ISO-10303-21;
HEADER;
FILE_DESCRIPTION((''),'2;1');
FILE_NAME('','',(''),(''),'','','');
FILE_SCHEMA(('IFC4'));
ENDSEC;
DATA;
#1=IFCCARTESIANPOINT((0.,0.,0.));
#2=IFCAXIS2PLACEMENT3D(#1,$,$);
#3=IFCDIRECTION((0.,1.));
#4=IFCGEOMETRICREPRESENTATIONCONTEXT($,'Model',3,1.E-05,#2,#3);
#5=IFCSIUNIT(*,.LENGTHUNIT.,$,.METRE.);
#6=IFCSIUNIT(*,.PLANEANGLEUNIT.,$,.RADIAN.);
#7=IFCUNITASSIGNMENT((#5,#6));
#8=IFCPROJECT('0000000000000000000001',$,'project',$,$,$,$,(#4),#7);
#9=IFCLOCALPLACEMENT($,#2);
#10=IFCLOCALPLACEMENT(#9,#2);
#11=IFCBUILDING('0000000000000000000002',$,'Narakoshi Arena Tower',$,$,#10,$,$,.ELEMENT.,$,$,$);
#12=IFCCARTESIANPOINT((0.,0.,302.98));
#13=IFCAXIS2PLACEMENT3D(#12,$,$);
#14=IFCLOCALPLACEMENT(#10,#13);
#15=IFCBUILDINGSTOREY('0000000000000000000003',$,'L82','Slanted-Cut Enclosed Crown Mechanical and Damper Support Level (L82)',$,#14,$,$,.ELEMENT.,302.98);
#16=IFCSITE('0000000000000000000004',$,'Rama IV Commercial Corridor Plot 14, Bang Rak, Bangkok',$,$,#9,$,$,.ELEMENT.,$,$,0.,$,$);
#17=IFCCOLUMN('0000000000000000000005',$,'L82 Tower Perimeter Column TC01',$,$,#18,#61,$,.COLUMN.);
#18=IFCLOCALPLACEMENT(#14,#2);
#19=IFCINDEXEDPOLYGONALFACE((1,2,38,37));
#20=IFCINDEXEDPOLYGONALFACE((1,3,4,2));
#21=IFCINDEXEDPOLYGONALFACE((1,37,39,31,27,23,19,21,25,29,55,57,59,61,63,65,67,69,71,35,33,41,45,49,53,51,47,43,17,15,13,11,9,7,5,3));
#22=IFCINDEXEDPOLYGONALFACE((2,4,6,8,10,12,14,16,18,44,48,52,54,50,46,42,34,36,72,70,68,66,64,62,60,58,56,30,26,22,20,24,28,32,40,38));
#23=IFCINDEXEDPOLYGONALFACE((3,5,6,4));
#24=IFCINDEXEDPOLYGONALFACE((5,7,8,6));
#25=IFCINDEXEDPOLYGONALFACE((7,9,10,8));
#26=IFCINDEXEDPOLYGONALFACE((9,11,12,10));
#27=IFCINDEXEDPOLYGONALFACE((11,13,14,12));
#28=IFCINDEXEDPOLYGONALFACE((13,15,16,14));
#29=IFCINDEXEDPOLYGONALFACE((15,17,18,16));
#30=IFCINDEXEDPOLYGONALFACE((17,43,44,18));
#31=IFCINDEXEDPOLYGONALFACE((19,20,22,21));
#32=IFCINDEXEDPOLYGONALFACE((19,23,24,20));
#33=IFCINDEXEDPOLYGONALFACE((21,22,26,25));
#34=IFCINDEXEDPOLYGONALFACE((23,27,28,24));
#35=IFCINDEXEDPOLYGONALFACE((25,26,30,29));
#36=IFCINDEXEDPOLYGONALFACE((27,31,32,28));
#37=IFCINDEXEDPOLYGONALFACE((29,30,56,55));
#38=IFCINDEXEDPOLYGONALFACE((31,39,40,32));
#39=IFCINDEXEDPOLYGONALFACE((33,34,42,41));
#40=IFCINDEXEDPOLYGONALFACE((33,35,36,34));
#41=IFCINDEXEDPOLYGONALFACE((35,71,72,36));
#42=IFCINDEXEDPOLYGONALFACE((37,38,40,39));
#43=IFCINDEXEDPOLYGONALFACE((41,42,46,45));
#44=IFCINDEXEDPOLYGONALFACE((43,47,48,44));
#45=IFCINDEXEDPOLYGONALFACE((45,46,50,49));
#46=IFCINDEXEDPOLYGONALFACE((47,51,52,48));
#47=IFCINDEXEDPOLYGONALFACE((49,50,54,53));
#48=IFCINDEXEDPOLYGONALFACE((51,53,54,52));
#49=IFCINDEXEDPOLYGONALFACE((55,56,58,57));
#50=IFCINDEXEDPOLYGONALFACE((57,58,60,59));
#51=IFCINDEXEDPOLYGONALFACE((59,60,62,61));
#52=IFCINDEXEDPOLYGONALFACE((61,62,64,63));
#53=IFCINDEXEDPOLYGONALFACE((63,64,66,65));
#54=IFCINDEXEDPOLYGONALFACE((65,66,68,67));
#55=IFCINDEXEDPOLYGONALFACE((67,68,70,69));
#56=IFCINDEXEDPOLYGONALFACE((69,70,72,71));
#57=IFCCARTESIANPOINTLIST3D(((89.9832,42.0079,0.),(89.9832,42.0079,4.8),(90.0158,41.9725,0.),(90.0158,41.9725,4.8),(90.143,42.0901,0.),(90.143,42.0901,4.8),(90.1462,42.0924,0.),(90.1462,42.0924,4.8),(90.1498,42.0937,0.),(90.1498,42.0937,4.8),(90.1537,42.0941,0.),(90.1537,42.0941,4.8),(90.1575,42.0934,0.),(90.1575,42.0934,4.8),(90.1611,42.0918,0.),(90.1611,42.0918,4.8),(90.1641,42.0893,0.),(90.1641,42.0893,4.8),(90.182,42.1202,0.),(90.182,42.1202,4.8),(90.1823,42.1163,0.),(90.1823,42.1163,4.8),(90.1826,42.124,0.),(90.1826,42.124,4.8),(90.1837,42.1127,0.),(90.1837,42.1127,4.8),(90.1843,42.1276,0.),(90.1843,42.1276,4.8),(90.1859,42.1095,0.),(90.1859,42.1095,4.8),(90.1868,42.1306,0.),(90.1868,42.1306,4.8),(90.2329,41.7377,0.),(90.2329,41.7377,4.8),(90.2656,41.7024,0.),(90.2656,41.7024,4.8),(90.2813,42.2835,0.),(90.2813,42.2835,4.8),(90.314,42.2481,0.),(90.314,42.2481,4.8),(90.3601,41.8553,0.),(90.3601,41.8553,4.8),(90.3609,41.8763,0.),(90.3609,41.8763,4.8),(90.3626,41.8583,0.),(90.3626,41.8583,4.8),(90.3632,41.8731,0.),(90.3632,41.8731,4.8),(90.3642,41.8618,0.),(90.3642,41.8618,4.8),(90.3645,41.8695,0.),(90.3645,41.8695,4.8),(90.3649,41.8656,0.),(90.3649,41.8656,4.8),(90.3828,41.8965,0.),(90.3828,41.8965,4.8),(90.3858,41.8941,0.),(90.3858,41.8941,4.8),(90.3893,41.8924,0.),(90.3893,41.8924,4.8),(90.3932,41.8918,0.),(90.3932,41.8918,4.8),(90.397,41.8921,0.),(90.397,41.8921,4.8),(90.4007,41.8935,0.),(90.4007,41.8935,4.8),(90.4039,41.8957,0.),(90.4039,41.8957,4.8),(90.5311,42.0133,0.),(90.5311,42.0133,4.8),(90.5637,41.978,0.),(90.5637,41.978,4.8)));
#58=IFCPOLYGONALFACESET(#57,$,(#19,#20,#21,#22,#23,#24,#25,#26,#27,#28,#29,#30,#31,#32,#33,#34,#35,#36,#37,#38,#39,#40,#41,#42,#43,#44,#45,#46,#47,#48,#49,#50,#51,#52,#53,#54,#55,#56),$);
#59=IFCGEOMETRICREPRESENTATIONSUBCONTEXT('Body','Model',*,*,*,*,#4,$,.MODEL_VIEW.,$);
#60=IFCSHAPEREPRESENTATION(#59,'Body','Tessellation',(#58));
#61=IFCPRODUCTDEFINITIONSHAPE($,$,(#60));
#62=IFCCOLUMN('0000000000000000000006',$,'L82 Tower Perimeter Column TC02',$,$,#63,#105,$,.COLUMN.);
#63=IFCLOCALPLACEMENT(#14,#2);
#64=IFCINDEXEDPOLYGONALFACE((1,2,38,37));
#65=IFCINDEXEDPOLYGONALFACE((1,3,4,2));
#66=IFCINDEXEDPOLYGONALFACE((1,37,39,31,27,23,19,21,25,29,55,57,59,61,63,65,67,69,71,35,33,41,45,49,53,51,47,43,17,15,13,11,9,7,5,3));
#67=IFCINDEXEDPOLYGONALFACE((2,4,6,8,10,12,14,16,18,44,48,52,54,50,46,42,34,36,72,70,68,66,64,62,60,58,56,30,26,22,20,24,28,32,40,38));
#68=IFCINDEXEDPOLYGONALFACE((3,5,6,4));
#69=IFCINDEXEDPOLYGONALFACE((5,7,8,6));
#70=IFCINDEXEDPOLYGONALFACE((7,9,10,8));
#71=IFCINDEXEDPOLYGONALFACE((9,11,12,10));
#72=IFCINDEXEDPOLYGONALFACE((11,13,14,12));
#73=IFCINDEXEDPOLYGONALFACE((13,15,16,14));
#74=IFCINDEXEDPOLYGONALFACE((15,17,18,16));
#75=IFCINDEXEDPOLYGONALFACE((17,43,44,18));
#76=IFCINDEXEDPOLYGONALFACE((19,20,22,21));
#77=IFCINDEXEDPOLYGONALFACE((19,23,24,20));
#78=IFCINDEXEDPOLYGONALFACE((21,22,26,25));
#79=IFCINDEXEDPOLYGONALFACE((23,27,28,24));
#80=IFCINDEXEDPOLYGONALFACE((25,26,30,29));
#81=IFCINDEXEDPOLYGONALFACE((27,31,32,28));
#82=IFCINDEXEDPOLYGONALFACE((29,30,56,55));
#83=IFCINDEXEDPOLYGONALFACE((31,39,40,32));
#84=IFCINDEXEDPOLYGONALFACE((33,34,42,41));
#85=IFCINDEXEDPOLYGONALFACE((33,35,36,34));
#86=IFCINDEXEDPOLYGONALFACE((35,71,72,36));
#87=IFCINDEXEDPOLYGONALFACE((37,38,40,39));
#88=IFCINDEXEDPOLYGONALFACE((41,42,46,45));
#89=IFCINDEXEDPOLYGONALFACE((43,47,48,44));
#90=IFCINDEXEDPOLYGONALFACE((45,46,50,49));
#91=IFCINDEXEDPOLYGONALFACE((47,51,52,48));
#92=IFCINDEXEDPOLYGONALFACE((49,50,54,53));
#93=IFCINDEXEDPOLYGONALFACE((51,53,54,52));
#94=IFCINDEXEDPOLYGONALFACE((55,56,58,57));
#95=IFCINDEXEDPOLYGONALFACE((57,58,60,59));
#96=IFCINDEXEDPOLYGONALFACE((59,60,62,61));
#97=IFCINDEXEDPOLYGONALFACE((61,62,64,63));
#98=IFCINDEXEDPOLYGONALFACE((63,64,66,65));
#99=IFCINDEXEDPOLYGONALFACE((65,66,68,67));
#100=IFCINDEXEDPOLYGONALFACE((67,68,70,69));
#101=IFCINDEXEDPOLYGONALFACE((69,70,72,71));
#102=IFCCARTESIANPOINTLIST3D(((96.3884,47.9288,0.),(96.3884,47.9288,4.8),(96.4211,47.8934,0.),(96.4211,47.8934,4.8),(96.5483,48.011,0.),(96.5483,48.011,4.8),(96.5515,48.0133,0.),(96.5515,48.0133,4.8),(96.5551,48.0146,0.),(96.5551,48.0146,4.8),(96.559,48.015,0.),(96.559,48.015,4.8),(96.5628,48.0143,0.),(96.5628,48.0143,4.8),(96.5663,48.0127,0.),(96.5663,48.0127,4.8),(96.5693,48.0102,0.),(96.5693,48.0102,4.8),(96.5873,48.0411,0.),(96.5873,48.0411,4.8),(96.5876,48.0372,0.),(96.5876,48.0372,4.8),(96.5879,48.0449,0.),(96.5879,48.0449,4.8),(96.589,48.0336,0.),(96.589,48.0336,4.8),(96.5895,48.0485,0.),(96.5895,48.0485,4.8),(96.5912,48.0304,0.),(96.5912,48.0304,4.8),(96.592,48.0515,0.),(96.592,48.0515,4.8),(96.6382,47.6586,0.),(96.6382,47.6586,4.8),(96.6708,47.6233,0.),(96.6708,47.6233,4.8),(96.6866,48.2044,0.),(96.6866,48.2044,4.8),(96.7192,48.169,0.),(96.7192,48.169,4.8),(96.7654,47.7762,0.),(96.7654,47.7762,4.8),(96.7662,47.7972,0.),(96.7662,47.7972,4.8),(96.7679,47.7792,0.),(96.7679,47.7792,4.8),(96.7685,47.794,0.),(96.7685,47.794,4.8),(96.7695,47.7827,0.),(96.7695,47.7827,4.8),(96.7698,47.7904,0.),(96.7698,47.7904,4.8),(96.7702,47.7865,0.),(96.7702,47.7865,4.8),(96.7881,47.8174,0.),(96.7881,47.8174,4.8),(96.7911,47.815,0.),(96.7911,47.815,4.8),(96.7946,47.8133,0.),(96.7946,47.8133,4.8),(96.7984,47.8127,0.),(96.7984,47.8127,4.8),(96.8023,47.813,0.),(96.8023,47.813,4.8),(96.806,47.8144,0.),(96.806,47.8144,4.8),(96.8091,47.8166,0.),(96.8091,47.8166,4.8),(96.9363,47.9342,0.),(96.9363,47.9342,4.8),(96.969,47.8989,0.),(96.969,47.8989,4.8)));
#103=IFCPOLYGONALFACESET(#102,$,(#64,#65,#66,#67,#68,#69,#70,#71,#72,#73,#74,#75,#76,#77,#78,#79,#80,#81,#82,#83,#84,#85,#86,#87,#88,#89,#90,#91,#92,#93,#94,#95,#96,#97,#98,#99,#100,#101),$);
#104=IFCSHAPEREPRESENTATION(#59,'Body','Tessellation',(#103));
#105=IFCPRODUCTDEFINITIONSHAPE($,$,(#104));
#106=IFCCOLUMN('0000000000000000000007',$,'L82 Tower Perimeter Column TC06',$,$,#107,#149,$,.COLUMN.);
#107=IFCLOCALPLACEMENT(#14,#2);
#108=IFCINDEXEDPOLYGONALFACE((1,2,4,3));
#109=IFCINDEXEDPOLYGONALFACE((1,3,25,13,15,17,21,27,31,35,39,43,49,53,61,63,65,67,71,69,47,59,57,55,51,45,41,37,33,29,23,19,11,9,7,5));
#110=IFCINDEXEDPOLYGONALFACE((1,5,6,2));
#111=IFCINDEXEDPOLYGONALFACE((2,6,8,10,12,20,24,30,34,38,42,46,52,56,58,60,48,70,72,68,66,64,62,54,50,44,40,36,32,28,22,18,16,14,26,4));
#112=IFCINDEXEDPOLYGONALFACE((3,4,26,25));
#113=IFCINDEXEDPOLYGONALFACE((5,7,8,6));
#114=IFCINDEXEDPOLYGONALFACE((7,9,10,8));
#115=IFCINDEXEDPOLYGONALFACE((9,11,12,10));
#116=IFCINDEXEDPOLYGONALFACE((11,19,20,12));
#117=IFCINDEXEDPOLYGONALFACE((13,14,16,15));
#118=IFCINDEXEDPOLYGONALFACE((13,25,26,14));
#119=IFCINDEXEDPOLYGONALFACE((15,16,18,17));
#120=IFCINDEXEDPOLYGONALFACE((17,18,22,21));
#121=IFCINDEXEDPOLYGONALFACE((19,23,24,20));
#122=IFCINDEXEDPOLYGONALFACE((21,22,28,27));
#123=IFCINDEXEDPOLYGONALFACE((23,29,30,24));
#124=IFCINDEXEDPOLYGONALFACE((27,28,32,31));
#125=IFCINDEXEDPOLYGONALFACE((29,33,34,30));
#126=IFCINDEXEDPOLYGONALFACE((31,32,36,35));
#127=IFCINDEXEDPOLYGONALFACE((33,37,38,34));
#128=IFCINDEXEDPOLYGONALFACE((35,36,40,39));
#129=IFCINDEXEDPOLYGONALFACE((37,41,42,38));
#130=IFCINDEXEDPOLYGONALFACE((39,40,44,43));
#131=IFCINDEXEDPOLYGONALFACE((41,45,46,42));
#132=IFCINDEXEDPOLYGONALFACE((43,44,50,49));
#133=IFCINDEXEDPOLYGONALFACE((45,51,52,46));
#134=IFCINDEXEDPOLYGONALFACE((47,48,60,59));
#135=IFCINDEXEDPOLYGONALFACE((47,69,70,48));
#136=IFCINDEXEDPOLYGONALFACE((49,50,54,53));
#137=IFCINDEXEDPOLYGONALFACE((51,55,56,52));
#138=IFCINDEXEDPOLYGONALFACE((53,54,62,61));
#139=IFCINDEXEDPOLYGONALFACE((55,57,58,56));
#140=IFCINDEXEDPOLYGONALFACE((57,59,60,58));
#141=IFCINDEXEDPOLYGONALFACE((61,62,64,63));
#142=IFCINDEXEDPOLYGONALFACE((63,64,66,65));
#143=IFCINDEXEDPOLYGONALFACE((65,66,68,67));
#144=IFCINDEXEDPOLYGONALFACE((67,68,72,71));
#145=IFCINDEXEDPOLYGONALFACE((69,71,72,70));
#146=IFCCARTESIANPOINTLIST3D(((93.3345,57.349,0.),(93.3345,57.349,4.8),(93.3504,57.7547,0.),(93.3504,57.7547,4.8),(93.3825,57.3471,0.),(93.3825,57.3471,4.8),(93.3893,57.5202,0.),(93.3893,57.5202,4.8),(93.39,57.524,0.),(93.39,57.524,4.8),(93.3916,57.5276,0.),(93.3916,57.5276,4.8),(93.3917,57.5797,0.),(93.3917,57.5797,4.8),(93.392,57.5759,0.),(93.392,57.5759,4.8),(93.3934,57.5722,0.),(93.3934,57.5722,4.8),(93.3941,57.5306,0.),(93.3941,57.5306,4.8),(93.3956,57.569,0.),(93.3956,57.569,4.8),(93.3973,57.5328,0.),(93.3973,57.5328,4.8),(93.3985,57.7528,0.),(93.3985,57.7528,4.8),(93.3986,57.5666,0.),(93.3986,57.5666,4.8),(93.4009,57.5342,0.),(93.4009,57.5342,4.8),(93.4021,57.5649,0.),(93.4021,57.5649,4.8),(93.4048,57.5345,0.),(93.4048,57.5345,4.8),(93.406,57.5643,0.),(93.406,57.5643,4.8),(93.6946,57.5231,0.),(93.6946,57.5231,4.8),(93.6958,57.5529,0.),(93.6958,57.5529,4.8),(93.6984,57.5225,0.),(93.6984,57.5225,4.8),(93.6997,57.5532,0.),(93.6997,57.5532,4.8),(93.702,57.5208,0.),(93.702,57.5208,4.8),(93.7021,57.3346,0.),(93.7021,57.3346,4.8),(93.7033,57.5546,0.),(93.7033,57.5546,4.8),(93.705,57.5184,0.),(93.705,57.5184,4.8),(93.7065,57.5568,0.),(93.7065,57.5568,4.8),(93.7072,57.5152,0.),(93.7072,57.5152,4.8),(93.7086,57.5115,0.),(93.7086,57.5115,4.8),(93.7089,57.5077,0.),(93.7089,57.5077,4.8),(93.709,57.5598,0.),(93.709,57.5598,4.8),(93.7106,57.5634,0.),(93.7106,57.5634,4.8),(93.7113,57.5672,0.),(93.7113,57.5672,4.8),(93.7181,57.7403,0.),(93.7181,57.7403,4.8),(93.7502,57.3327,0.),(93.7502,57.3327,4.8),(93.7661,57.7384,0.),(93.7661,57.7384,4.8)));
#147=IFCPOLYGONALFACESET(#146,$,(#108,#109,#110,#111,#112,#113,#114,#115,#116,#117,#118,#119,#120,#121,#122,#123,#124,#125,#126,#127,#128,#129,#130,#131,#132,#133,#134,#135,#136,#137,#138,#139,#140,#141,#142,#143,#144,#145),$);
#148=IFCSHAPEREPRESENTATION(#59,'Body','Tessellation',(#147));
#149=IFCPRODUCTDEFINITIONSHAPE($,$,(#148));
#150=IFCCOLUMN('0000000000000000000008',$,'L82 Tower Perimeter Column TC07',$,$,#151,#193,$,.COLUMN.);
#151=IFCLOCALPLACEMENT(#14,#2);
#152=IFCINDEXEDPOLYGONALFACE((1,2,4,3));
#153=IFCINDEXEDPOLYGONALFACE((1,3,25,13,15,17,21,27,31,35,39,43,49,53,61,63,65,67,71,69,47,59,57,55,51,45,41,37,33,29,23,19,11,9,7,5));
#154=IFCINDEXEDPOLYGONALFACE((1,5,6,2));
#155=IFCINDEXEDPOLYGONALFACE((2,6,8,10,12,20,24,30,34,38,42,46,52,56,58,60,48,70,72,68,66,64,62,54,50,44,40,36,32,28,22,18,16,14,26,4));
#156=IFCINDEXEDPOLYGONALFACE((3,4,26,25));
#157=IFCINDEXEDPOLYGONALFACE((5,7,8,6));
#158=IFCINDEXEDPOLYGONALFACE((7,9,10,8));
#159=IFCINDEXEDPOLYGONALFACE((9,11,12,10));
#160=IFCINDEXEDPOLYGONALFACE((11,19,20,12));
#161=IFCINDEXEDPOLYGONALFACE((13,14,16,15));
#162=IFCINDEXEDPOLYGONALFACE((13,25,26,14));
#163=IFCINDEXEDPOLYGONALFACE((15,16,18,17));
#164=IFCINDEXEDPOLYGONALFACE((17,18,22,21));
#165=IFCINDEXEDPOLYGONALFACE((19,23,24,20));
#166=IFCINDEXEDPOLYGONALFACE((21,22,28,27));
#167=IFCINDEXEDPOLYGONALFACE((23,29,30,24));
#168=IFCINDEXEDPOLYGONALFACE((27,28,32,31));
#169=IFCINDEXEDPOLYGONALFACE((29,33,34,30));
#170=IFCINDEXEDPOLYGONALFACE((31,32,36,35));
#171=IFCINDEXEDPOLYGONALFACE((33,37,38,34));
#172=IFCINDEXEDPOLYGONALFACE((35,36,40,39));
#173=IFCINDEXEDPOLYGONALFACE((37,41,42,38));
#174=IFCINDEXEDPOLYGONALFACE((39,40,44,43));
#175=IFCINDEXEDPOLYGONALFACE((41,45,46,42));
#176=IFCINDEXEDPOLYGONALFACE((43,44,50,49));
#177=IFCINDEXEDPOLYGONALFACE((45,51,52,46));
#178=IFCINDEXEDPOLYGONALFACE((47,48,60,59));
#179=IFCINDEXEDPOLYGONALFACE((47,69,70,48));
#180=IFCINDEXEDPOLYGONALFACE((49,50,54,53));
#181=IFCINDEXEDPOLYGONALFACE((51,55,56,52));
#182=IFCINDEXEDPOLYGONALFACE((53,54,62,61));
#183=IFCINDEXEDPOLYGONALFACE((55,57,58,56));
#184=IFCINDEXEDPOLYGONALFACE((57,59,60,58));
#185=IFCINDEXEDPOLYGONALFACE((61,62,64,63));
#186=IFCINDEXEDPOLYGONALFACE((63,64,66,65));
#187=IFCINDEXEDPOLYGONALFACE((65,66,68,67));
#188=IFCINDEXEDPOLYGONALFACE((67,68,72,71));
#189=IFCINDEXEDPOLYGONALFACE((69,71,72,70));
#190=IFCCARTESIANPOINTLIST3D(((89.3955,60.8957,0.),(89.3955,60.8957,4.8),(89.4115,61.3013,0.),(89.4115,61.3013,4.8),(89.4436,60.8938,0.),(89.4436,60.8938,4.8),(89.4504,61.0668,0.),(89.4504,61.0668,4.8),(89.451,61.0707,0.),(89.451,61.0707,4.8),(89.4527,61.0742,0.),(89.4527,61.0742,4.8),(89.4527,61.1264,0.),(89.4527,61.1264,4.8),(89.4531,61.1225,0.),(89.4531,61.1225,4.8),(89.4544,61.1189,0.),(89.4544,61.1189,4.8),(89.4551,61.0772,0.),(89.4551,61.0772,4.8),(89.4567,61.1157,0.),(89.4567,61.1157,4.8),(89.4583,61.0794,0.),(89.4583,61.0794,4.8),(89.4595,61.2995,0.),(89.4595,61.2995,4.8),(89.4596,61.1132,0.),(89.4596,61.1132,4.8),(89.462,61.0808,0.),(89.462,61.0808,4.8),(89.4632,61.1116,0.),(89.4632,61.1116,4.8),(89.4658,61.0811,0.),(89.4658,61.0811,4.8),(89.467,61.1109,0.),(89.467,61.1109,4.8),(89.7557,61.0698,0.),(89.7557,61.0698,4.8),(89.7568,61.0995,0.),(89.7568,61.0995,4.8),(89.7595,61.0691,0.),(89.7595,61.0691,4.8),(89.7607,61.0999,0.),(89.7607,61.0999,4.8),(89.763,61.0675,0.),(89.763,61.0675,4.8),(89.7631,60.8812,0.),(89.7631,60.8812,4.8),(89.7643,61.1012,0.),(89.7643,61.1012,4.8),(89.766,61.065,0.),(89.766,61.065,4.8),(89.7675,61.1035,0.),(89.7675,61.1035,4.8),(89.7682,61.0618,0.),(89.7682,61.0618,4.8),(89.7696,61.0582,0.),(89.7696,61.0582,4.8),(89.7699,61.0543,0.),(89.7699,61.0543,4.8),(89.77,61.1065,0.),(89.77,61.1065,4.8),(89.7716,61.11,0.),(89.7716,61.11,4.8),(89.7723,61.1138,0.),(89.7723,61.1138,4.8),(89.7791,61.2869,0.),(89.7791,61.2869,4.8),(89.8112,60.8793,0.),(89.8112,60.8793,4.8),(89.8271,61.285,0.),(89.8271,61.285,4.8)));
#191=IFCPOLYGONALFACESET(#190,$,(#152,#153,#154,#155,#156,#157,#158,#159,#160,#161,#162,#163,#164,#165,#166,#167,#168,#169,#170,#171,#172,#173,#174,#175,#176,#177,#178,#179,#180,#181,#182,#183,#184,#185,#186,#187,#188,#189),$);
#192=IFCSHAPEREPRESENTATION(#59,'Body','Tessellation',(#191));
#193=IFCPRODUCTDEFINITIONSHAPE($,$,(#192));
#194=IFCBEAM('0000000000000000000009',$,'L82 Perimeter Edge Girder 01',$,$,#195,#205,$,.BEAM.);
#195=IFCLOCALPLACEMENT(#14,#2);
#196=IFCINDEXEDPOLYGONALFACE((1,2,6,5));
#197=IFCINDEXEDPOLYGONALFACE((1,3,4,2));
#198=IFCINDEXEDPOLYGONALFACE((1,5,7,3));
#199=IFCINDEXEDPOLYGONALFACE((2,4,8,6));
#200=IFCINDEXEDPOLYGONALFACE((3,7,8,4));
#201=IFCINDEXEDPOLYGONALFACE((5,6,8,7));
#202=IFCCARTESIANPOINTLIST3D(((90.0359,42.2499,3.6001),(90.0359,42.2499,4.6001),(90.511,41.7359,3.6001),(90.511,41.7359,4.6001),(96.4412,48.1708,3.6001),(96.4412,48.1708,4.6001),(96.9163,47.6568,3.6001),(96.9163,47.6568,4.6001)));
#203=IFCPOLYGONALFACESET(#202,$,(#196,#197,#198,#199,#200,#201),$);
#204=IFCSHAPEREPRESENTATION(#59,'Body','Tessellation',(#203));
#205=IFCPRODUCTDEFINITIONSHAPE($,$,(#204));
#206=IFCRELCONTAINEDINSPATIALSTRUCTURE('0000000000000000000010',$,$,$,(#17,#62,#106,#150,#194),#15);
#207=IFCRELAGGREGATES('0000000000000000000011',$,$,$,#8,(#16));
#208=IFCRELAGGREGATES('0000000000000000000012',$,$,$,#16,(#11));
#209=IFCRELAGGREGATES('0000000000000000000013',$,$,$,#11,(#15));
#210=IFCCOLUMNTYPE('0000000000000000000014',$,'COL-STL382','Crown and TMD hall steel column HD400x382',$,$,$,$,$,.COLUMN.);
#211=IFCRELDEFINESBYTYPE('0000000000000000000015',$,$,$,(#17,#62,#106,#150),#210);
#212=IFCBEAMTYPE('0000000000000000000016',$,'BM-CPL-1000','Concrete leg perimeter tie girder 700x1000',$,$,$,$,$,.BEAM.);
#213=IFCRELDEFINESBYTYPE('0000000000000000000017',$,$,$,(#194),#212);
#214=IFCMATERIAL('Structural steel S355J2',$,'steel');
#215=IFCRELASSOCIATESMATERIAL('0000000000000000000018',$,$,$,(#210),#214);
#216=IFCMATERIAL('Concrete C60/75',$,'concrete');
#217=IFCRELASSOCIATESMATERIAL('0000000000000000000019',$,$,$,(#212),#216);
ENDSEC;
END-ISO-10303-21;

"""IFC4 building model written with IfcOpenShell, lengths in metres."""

from ifc_helpers import new_model, si_unit, direction, frame, origin, origin_2d, place, context, subcontext, project, spatial, rectangle, i_section, extrude, material, material_profile, profile_set, type_object, element, save


model = new_model("IFC4")

# Units and contexts
model_context = context("Model", 3, precision=1e-05, world=origin(), true_north=direction((0.0, 1.0)))
body_context = subcontext(model_context, "Body", "Model", "MODEL_VIEW")
ifc_project = project(units=[si_unit("LENGTHUNIT", "METRE"), si_unit("PLANEANGLEUNIT", "RADIAN")], contexts=[model_context])

# Site, building, storey
site_placement = place(None, origin())
site = spatial("IfcSite", under=ifc_project, at=site_placement, Name="Rama IV Commercial Corridor Plot 14, Bang Rak, Bangkok", CompositionType="ELEMENT", RefElevation=0.0)
building_placement = place(site_placement, origin())
building = spatial("IfcBuilding", under=site, at=building_placement, Name="Narakoshi Arena Tower", CompositionType="ELEMENT")
storey_placement = place(building_placement, frame((0.0, 0.0, 302.98)))
storey = spatial("IfcBuildingStorey", under=building, at=storey_placement, Name="L82", Description="Slanted-Cut Enclosed Crown Mechanical and Damper Support Level (L82)", CompositionType="ELEMENT", Elevation=302.98)

# Columns
ifc_material_1 = material(Name="Structural steel S355J2", Category="steel")
ifc_material_profile_1 = material_profile(ifc_material_1, i_section(OverallWidth=0.406, OverallDepth=0.416, WebThickness=0.0298, FlangeThickness=0.0481, FilletRadius=0.0149, at=origin_2d()), Name="HD400x382")
ifc_profile_set_1 = profile_set([ifc_material_profile_1], Name="Structural steel S355J2")
column_type = type_object("IfcColumnType", Name="COL-STL382", Description="Crown and TMD hall steel column HD400x382", PredefinedType="COLUMN", material=ifc_profile_set_1)
for number, where, z_axis, x_axis, name in (
    (1, (90.2734, 41.9929, 0.0), (0.0, 0.0, 1.0), (0.734323, 0.678801, 0.0), "L82 Tower Perimeter Column TC01"),
    (2, (96.6787, 47.9138, 0.0), (0.0, 0.0, 1.0), (0.734323, 0.678801, 0.0), "L82 Tower Perimeter Column TC02"),
    (3, (93.5503, 57.5437, 0.0), (0.0, 0.0, 1.0), (0.03926, 0.999229, 0.0), "L82 Tower Perimeter Column TC06"),
    (4, (89.6113, 61.0903, 0.0), (0.0, 0.0, 1.0), (0.03926, 0.999229, 0.0), "L82 Tower Perimeter Column TC07"),
):
    element("IfcColumn", number, at=place(storey_placement, frame(where, z_axis=z_axis, x_axis=x_axis)), inside=storey, type_object=column_type, Name=name, PredefinedType="COLUMN", context=body_context, shape_type="SweptSolid", body=[
        extrude(i_section(OverallWidth=0.406, OverallDepth=0.416, WebThickness=0.0298, FlangeThickness=0.0481, FilletRadius=0.0149, at=origin_2d()), origin(), (0.0, 0.0, 1.0), 4.8),
    ])

# Beam
ifc_material_2 = material(Name="Concrete C60/75", Category="concrete")
ifc_material_profile_2 = material_profile(ifc_material_2, rectangle(XDim=0.7, YDim=1.0, at=origin_2d()), Name="RCB700x1000")
ifc_profile_set_2 = profile_set([ifc_material_profile_2], Name="Concrete C60/75")
beam_type_1 = type_object("IfcBeamType", Name="BM-CPL-1000", Description="Concrete leg perimeter tie girder 700x1000", PredefinedType="BEAM", material=ifc_profile_set_2)
beam_1_placement = place(storey_placement, frame((90.2734, 41.9929, 4.1001), z_axis=(0.734327, 0.678796, 0.0), x_axis=(-0.678796, 0.734327, 0.0)))
element("IfcBeam", 5, at=beam_1_placement, inside=storey, type_object=beam_type_1, Name="L82 Perimeter Edge Girder 01", PredefinedType="BEAM", context=body_context, shape_type="SweptSolid", body=[
    extrude(rectangle(XDim=0.7, YDim=1.0, at=origin_2d()), origin(), (0.0, 0.0, 1.0), 8.7227),
])

save(model, "model.ifc")
